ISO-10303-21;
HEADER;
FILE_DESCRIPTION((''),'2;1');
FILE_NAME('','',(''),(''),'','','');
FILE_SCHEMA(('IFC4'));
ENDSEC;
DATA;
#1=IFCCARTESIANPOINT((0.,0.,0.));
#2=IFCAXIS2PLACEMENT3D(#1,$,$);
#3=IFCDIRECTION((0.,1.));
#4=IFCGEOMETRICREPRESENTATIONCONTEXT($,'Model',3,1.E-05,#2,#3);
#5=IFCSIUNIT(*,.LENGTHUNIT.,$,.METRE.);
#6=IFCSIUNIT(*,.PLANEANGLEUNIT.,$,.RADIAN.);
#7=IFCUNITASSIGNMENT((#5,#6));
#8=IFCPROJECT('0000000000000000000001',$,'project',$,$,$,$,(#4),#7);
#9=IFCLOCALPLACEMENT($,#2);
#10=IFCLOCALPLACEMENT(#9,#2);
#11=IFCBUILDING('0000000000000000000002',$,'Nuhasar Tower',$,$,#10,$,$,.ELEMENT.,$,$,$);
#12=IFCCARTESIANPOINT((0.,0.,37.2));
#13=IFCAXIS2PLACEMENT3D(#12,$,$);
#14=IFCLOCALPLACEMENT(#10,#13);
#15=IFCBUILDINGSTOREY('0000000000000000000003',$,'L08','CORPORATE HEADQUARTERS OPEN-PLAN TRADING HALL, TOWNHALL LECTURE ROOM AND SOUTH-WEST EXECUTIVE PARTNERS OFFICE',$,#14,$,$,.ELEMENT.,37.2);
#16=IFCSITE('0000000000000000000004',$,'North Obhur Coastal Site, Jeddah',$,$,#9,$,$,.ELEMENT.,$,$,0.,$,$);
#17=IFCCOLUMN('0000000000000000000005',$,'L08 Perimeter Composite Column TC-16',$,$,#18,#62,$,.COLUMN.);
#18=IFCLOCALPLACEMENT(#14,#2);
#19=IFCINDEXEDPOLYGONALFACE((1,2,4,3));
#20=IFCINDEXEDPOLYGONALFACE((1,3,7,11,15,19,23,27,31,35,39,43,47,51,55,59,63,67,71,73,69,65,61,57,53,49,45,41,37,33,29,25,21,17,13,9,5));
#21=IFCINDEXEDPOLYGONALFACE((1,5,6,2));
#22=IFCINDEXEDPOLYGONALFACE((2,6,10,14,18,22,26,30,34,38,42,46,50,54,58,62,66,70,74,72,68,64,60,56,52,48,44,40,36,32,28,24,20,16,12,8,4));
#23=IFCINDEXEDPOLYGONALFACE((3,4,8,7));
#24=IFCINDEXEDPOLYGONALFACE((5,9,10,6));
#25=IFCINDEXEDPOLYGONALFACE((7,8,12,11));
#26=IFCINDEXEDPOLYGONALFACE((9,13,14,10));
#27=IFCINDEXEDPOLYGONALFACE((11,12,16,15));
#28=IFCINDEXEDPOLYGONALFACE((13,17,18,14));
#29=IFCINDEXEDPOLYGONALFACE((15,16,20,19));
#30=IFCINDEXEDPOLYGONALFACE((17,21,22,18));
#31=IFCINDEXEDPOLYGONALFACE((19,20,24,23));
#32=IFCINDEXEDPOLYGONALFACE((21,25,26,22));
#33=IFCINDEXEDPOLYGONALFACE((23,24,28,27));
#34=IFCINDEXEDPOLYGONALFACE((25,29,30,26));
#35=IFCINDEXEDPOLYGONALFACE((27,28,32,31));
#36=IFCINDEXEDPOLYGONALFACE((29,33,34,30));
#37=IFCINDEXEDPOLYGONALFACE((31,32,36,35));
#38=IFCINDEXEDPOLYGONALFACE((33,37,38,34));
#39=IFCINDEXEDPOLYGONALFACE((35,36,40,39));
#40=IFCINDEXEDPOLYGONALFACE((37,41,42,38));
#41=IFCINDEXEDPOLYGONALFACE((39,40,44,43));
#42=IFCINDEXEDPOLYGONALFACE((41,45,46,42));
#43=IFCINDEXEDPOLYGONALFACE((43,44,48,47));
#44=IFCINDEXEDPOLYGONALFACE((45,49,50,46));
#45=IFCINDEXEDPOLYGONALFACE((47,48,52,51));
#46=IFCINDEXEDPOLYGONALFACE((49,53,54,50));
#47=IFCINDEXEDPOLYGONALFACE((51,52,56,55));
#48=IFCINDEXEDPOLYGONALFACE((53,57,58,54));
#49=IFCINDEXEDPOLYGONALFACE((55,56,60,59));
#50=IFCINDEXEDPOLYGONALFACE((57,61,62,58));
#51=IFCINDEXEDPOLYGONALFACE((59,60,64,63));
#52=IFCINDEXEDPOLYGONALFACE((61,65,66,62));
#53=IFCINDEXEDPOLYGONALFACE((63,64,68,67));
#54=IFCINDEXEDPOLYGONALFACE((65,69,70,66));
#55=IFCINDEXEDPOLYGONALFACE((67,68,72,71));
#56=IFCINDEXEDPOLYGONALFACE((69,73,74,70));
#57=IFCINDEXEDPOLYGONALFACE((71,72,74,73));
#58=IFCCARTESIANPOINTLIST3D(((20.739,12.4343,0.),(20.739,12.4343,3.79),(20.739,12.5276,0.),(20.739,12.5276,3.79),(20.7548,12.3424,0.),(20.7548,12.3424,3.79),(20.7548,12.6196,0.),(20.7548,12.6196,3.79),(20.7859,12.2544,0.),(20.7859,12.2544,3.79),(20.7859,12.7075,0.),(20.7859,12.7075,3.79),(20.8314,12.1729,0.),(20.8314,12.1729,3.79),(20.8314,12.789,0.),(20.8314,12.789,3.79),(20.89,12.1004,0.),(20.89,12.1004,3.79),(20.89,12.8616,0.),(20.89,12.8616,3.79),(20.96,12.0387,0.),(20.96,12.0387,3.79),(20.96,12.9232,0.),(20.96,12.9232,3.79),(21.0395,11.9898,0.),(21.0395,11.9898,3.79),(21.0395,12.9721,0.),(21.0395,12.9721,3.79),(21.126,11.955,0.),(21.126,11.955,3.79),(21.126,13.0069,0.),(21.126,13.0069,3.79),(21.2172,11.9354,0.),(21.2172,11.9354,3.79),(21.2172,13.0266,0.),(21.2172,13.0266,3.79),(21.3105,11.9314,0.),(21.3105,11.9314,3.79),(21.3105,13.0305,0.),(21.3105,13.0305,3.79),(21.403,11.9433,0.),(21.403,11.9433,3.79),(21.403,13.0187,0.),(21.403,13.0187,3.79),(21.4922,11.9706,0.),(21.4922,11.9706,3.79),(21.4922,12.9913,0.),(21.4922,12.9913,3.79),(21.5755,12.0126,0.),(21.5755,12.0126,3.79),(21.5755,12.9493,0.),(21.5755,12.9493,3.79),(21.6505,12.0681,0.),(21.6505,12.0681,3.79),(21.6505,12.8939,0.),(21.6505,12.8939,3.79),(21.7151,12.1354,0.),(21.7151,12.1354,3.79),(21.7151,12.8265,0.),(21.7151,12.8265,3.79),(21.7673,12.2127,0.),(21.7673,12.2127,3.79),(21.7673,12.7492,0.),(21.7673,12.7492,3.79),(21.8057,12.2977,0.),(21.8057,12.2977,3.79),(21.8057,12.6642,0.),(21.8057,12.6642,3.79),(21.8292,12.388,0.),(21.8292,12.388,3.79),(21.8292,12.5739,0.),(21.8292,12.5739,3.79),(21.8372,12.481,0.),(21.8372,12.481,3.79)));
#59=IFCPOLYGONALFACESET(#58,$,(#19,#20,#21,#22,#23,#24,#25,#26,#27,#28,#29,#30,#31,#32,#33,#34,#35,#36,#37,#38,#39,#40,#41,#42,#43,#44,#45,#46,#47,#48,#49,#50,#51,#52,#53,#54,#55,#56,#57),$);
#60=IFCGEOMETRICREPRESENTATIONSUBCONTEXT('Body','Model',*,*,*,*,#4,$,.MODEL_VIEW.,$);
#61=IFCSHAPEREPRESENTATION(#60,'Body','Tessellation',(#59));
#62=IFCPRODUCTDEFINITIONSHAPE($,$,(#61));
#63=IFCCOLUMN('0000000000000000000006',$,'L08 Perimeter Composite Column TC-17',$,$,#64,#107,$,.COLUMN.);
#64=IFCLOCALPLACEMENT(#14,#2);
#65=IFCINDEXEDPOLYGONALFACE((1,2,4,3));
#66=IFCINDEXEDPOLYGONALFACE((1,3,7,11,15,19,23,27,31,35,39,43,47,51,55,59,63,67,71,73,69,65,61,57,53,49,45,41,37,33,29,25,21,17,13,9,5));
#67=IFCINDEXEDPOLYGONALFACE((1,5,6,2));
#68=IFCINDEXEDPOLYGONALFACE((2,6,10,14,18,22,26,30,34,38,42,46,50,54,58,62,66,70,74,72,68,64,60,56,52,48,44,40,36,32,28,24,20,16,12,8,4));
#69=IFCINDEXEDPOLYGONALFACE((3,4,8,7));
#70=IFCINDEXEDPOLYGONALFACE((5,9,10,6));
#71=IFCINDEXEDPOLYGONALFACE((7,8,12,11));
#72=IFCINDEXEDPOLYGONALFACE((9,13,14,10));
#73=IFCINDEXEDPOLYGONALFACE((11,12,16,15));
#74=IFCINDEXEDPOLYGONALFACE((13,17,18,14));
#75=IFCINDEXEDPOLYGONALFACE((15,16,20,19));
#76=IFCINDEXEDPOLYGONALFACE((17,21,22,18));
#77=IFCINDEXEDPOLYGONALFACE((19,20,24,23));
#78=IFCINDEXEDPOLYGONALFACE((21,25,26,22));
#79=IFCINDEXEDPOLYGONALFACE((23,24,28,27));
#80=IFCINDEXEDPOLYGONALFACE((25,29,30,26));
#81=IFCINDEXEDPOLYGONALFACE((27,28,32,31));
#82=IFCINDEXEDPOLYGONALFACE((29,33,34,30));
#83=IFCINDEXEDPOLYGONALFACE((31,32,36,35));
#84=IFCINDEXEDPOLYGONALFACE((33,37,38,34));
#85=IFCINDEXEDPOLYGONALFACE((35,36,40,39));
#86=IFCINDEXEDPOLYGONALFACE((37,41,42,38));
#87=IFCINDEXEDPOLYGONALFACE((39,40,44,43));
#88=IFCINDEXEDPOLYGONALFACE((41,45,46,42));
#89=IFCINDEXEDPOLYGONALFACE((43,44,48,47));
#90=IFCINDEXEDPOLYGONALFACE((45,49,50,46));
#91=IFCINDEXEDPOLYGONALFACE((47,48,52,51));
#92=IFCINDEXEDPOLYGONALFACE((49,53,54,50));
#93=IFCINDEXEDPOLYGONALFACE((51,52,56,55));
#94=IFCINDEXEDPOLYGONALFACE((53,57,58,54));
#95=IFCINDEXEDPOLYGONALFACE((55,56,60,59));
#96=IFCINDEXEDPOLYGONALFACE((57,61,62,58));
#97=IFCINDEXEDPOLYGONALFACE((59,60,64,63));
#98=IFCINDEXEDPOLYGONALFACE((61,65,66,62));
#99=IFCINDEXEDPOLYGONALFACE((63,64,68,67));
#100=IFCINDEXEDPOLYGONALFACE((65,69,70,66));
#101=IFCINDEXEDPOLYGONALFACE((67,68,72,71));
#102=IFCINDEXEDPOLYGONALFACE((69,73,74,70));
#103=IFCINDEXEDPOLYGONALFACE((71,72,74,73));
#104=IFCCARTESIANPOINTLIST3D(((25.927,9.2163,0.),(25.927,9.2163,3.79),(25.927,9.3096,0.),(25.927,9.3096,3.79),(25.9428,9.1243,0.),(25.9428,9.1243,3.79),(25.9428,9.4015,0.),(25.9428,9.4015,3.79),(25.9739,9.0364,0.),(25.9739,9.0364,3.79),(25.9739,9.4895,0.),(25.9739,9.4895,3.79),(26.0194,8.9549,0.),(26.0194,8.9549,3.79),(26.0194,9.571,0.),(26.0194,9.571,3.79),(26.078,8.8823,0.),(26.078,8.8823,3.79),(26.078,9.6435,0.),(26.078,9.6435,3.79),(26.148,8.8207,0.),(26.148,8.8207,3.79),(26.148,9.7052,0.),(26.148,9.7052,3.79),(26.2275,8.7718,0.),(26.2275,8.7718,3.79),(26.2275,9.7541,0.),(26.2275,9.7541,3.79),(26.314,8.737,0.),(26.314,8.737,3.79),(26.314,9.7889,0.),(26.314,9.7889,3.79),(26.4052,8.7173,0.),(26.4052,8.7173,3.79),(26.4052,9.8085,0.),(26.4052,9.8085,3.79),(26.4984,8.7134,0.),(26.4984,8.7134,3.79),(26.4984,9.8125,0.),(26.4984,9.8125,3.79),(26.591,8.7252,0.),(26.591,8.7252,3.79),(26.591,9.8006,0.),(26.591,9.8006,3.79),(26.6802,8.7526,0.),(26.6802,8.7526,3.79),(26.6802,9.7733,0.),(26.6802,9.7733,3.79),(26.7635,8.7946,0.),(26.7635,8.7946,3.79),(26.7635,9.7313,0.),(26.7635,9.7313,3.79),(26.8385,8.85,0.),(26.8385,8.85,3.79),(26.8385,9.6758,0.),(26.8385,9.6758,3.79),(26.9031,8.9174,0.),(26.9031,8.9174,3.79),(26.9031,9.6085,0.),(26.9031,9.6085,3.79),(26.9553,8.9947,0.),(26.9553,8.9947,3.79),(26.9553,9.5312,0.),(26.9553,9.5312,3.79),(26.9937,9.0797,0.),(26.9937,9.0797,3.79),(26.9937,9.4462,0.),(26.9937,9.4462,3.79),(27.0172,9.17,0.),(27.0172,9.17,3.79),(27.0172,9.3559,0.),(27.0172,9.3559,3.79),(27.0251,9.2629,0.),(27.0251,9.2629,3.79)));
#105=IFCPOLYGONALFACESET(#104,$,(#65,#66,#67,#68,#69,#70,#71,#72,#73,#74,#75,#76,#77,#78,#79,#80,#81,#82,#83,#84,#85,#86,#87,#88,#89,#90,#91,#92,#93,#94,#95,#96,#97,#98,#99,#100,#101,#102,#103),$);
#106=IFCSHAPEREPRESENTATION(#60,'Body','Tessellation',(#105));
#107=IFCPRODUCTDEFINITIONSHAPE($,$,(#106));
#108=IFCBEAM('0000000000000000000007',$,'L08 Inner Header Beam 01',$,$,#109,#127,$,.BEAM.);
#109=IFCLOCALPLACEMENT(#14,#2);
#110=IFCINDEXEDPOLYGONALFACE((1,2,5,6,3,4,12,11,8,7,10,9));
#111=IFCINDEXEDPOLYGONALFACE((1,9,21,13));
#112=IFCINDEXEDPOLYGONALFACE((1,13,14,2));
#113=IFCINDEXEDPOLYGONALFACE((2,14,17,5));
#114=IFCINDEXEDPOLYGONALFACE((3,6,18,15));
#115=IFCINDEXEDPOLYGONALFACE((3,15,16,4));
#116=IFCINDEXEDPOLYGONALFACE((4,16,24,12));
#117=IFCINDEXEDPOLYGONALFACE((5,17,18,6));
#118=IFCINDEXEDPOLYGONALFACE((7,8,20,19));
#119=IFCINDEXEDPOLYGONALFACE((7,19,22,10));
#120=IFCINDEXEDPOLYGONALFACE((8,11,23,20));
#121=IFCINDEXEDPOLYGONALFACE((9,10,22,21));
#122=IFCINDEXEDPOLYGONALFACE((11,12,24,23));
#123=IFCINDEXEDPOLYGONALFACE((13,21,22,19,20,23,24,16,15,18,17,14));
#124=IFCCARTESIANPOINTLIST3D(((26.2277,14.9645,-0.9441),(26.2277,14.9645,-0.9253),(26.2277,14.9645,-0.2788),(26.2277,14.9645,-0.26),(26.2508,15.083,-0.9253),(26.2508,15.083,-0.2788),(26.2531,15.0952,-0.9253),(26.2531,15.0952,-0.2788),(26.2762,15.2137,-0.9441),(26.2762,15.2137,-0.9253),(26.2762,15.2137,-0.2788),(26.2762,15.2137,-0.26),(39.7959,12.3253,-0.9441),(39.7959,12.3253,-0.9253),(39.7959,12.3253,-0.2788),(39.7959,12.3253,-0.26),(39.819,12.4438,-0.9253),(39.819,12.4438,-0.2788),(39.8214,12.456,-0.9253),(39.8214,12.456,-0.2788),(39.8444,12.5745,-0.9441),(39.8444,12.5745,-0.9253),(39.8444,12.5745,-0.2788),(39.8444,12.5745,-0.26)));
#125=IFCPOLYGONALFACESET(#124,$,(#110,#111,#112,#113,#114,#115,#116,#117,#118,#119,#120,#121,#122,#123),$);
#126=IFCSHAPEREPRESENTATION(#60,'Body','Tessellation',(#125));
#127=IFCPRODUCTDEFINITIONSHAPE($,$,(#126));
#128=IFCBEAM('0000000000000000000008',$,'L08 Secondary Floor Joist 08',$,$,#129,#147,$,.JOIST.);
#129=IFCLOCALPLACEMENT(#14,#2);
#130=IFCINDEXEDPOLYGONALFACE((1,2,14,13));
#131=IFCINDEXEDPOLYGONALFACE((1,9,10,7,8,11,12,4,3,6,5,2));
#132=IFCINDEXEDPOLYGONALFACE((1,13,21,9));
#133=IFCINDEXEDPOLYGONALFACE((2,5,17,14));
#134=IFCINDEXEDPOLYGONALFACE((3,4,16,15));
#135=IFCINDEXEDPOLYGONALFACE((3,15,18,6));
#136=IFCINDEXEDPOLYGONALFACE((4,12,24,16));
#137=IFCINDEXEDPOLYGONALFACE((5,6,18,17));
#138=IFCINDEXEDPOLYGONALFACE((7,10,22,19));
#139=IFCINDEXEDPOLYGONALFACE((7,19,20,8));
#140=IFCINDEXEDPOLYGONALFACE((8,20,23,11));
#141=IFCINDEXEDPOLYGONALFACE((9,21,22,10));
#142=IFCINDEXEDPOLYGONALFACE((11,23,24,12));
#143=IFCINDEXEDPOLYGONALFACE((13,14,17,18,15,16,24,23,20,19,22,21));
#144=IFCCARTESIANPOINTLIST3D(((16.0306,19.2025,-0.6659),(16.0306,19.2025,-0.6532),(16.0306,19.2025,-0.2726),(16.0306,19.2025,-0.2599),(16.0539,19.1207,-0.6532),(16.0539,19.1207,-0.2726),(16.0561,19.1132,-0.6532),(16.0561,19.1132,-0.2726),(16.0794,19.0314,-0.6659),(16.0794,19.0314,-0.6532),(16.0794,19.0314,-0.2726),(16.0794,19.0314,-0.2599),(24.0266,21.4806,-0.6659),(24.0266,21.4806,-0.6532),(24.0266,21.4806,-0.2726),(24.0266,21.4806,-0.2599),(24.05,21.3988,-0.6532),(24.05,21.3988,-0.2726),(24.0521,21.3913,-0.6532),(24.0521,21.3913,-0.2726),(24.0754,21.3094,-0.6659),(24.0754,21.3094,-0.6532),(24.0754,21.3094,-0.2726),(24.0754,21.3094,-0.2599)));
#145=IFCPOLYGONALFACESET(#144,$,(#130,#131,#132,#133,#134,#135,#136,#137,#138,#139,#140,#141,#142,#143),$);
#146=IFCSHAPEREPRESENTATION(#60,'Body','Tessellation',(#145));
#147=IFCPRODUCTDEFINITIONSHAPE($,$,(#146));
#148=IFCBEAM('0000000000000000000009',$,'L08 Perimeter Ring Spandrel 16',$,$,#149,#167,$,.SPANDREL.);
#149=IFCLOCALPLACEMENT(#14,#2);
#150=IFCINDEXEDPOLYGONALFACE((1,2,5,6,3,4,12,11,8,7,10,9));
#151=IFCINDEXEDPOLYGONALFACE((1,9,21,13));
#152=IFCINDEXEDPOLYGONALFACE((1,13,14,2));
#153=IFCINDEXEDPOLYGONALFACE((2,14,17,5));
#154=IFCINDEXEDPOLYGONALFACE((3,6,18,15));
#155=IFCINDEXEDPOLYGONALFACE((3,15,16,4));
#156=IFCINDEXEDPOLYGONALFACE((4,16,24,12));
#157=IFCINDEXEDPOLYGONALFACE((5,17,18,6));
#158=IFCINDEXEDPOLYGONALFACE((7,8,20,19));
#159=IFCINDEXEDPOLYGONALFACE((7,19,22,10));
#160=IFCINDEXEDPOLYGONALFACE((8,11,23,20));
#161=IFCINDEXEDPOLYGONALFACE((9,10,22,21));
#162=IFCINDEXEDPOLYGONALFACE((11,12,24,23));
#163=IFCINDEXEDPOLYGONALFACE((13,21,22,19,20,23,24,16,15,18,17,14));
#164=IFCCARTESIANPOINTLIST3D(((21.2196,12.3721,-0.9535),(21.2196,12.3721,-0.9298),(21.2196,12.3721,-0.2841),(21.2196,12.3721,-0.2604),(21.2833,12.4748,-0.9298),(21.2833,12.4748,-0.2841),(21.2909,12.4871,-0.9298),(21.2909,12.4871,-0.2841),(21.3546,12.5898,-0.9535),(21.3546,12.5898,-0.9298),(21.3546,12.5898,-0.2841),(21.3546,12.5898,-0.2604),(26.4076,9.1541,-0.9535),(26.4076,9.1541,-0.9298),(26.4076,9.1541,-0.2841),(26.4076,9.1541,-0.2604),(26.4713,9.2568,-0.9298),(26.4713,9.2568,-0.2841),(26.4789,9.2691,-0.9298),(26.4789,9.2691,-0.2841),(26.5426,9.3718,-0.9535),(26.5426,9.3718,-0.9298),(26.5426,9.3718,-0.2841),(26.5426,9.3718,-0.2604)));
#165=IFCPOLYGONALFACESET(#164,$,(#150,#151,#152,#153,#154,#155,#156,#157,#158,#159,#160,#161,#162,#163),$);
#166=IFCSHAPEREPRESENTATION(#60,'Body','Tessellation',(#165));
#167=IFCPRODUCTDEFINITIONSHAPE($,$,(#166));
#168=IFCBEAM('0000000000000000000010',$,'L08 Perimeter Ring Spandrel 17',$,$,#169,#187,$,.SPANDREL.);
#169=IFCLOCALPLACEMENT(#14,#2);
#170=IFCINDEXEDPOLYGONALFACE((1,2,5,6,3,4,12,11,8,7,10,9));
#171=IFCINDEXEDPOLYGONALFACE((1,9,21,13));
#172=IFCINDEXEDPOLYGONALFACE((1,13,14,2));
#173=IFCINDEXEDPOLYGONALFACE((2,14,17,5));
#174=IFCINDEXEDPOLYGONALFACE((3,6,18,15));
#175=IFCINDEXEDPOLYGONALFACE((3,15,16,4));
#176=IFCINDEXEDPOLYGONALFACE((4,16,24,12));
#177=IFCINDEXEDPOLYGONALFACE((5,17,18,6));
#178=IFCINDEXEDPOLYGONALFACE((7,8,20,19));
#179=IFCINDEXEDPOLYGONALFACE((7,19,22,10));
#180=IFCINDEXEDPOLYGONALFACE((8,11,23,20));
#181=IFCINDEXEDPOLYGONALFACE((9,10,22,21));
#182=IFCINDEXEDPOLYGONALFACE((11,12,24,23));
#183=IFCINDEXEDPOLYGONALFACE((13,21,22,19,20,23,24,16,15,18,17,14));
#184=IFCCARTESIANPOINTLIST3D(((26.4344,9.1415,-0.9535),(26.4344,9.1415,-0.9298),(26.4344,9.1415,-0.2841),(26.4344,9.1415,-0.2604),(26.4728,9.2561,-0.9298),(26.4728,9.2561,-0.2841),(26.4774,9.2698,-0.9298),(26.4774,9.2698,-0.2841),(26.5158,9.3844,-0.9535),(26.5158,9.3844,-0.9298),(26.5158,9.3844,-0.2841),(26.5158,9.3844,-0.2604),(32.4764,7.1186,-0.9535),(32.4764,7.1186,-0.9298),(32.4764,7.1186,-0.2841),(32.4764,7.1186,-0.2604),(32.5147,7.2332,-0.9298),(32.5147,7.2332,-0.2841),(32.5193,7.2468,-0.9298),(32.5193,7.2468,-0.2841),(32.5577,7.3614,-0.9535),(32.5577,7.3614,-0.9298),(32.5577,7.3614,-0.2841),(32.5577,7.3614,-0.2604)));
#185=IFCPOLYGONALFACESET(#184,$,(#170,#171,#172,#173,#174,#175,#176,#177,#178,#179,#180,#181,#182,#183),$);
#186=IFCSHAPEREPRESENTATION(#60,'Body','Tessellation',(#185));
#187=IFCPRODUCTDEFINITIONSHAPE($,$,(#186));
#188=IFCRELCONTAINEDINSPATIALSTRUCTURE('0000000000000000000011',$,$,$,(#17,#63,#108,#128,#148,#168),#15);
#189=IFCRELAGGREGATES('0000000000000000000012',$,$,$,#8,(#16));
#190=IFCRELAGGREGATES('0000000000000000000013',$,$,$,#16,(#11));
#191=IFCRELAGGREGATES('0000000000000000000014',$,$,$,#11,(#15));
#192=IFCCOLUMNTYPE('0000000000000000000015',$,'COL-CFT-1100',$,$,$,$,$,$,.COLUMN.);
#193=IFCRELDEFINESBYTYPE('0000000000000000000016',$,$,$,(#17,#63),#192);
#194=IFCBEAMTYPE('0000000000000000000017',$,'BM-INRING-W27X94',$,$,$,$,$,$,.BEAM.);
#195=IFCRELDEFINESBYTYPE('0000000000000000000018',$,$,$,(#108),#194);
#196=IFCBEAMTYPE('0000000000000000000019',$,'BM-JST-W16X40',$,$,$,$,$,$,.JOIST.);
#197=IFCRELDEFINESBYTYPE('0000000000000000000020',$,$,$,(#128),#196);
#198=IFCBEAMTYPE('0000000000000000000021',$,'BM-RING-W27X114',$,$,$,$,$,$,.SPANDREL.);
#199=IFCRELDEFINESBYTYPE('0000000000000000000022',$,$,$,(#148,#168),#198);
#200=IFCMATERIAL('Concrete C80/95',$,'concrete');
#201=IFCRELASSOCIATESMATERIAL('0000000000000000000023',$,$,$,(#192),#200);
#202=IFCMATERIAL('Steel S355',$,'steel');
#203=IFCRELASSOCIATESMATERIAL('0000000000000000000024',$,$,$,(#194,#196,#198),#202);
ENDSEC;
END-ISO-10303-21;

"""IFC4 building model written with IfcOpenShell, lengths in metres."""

from ifc_helpers import new_model, si_unit, direction, frame, origin, origin_2d, place, context, subcontext, project, spatial, circle, i_section, extrude, material, material_profile, profile_set, type_object, element, save


model = new_model("IFC4")

# Units and contexts
model_context = context("Model", 3, precision=1e-05, world=origin(), true_north=direction((0.0, 1.0)))
body_context = subcontext(model_context, "Body", "Model", "MODEL_VIEW")
ifc_project = project(units=[si_unit("LENGTHUNIT", "METRE"), si_unit("PLANEANGLEUNIT", "RADIAN")], contexts=[model_context])

# Site, building, storey
site_placement = place(None, origin())
site = spatial("IfcSite", under=ifc_project, at=site_placement, Name="North Obhur Coastal Site, Jeddah", CompositionType="ELEMENT", RefElevation=0.0)
building_placement = place(site_placement, origin())
building = spatial("IfcBuilding", under=site, at=building_placement, Name="Nuhasar Tower", CompositionType="ELEMENT")
storey_placement = place(building_placement, frame((0.0, 0.0, 37.2)))
storey = spatial("IfcBuildingStorey", under=building, at=storey_placement, Name="L08", Description="CORPORATE HEADQUARTERS OPEN-PLAN TRADING HALL, TOWNHALL LECTURE ROOM AND SOUTH-WEST EXECUTIVE PARTNERS OFFICE", CompositionType="ELEMENT", Elevation=37.2)

# Columns
ifc_material_1 = material(Name="Concrete C80/95", Category="concrete")
ifc_material_profile_1 = material_profile(ifc_material_1, circle(Radius=0.55, at=origin_2d()), Name="CFT1100")
ifc_profile_set_1 = profile_set([ifc_material_profile_1], Name="Concrete C80/95")
column_type = type_object("IfcColumnType", Name="COL-CFT-1100", PredefinedType="COLUMN", material=ifc_profile_set_1)
for number, where, z_axis, x_axis, name in (
    (1, (21.2871, 12.481, 0.0), (0.0, 0.0, 1.0), (1.0, 0.0, 0.0), "L08 Perimeter Composite Column TC-16"),
    (2, (26.4751, 9.2629, 0.0), (0.0, 0.0, 1.0), (1.0, 0.0, 0.0), "L08 Perimeter Composite Column TC-17"),
):
    element("IfcColumn", number, at=place(storey_placement, frame(where, z_axis=z_axis, x_axis=x_axis)), inside=storey, type_object=column_type, Name=name, PredefinedType="COLUMN", context=body_context, shape_type="SweptSolid", body=[
        extrude(circle(Radius=0.55, at=origin_2d()), origin(), (0.0, 0.0, 1.0), 3.79),
    ])

# Beams
ifc_material_2 = material(Name="Steel S355", Category="steel")
ifc_material_profile_2 = material_profile(ifc_material_2, i_section(OverallWidth=0.2539, OverallDepth=0.6841, WebThickness=0.0125, FlangeThickness=0.0188, at=origin_2d()), Name="W27X94")
ifc_profile_set_2 = profile_set([ifc_material_profile_2], Name="Steel S355")
beam_type_1 = type_object("IfcBeamType", Name="BM-INRING-W27X94", PredefinedType="BEAM", material=ifc_profile_set_2)
beam_1_placement = place(storey_placement, frame((26.252, 15.0891, -0.6021), z_axis=(0.981603, -0.190933, 0.0), x_axis=(0.190933, 0.981603, 0.0)))
element("IfcBeam", 3, at=beam_1_placement, inside=storey, type_object=beam_type_1, Name="L08 Inner Header Beam 01", PredefinedType="BEAM", context=body_context, shape_type="SweptSolid", body=[
    extrude(i_section(OverallWidth=0.2539, OverallDepth=0.6841, WebThickness=0.0125, FlangeThickness=0.0188, at=origin_2d()), origin(), (0.0, 0.0, 1.0), 13.8225),
])
ifc_material_profile_3 = material_profile(ifc_material_2, i_section(OverallWidth=0.178, OverallDepth=0.406, WebThickness=0.0078, FlangeThickness=0.0127, at=origin_2d()), Name="W16X40")
ifc_profile_set_3 = profile_set([ifc_material_profile_3], Name="Steel S355")
beam_type_2 = type_object("IfcBeamType", Name="BM-JST-W16X40", PredefinedType="JOIST", material=ifc_profile_set_3)
beam_2_placement = place(storey_placement, frame((24.051, 21.395, -0.4629), z_axis=(-0.961731, -0.273996, 0.0), x_axis=(0.273996, -0.961731, 0.0)))
element("IfcBeam", 4, at=beam_2_placement, inside=storey, type_object=beam_type_2, Name="L08 Secondary Floor Joist 08", PredefinedType="JOIST", context=body_context, shape_type="SweptSolid", body=[
    extrude(i_section(OverallWidth=0.178, OverallDepth=0.406, WebThickness=0.0078, FlangeThickness=0.0127, at=origin_2d()), origin(), (0.0, 0.0, 1.0), 8.3142),
])
ifc_material_profile_4 = material_profile(ifc_material_2, i_section(OverallWidth=0.2561, OverallDepth=0.6931, WebThickness=0.0144, FlangeThickness=0.0237, at=origin_2d()), Name="W27X114")
ifc_profile_set_4 = profile_set([ifc_material_profile_4], Name="Steel S355")
beam_type_3 = type_object("IfcBeamType", Name="BM-RING-W27X114", PredefinedType="SPANDREL", material=ifc_profile_set_4)
beam_3_placement = place(storey_placement, frame((21.2871, 12.481, -0.6069), z_axis=(0.849795, -0.527113, 0.0), x_axis=(0.527113, 0.849795, 0.0)))
element("IfcBeam", 5, at=beam_3_placement, inside=storey, type_object=beam_type_3, Name="L08 Perimeter Ring Spandrel 16", PredefinedType="SPANDREL", context=body_context, shape_type="SweptSolid", body=[
    extrude(i_section(OverallWidth=0.2561, OverallDepth=0.6931, WebThickness=0.0144, FlangeThickness=0.0237, at=origin_2d()), origin(), (0.0, 0.0, 1.0), 6.105),
])
beam_4_placement = place(storey_placement, frame((26.4751, 9.2629, -0.6069), z_axis=(0.948261, -0.317492, 0.0), x_axis=(0.317492, 0.948261, 0.0)))
element("IfcBeam", 6, at=beam_4_placement, inside=storey, type_object=beam_type_3, Name="L08 Perimeter Ring Spandrel 17", PredefinedType="SPANDREL", context=body_context, shape_type="SweptSolid", body=[
    extrude(i_section(OverallWidth=0.2561, OverallDepth=0.6931, WebThickness=0.0144, FlangeThickness=0.0237, at=origin_2d()), origin(), (0.0, 0.0, 1.0), 6.3716),
])

save(model, "model.ifc")
